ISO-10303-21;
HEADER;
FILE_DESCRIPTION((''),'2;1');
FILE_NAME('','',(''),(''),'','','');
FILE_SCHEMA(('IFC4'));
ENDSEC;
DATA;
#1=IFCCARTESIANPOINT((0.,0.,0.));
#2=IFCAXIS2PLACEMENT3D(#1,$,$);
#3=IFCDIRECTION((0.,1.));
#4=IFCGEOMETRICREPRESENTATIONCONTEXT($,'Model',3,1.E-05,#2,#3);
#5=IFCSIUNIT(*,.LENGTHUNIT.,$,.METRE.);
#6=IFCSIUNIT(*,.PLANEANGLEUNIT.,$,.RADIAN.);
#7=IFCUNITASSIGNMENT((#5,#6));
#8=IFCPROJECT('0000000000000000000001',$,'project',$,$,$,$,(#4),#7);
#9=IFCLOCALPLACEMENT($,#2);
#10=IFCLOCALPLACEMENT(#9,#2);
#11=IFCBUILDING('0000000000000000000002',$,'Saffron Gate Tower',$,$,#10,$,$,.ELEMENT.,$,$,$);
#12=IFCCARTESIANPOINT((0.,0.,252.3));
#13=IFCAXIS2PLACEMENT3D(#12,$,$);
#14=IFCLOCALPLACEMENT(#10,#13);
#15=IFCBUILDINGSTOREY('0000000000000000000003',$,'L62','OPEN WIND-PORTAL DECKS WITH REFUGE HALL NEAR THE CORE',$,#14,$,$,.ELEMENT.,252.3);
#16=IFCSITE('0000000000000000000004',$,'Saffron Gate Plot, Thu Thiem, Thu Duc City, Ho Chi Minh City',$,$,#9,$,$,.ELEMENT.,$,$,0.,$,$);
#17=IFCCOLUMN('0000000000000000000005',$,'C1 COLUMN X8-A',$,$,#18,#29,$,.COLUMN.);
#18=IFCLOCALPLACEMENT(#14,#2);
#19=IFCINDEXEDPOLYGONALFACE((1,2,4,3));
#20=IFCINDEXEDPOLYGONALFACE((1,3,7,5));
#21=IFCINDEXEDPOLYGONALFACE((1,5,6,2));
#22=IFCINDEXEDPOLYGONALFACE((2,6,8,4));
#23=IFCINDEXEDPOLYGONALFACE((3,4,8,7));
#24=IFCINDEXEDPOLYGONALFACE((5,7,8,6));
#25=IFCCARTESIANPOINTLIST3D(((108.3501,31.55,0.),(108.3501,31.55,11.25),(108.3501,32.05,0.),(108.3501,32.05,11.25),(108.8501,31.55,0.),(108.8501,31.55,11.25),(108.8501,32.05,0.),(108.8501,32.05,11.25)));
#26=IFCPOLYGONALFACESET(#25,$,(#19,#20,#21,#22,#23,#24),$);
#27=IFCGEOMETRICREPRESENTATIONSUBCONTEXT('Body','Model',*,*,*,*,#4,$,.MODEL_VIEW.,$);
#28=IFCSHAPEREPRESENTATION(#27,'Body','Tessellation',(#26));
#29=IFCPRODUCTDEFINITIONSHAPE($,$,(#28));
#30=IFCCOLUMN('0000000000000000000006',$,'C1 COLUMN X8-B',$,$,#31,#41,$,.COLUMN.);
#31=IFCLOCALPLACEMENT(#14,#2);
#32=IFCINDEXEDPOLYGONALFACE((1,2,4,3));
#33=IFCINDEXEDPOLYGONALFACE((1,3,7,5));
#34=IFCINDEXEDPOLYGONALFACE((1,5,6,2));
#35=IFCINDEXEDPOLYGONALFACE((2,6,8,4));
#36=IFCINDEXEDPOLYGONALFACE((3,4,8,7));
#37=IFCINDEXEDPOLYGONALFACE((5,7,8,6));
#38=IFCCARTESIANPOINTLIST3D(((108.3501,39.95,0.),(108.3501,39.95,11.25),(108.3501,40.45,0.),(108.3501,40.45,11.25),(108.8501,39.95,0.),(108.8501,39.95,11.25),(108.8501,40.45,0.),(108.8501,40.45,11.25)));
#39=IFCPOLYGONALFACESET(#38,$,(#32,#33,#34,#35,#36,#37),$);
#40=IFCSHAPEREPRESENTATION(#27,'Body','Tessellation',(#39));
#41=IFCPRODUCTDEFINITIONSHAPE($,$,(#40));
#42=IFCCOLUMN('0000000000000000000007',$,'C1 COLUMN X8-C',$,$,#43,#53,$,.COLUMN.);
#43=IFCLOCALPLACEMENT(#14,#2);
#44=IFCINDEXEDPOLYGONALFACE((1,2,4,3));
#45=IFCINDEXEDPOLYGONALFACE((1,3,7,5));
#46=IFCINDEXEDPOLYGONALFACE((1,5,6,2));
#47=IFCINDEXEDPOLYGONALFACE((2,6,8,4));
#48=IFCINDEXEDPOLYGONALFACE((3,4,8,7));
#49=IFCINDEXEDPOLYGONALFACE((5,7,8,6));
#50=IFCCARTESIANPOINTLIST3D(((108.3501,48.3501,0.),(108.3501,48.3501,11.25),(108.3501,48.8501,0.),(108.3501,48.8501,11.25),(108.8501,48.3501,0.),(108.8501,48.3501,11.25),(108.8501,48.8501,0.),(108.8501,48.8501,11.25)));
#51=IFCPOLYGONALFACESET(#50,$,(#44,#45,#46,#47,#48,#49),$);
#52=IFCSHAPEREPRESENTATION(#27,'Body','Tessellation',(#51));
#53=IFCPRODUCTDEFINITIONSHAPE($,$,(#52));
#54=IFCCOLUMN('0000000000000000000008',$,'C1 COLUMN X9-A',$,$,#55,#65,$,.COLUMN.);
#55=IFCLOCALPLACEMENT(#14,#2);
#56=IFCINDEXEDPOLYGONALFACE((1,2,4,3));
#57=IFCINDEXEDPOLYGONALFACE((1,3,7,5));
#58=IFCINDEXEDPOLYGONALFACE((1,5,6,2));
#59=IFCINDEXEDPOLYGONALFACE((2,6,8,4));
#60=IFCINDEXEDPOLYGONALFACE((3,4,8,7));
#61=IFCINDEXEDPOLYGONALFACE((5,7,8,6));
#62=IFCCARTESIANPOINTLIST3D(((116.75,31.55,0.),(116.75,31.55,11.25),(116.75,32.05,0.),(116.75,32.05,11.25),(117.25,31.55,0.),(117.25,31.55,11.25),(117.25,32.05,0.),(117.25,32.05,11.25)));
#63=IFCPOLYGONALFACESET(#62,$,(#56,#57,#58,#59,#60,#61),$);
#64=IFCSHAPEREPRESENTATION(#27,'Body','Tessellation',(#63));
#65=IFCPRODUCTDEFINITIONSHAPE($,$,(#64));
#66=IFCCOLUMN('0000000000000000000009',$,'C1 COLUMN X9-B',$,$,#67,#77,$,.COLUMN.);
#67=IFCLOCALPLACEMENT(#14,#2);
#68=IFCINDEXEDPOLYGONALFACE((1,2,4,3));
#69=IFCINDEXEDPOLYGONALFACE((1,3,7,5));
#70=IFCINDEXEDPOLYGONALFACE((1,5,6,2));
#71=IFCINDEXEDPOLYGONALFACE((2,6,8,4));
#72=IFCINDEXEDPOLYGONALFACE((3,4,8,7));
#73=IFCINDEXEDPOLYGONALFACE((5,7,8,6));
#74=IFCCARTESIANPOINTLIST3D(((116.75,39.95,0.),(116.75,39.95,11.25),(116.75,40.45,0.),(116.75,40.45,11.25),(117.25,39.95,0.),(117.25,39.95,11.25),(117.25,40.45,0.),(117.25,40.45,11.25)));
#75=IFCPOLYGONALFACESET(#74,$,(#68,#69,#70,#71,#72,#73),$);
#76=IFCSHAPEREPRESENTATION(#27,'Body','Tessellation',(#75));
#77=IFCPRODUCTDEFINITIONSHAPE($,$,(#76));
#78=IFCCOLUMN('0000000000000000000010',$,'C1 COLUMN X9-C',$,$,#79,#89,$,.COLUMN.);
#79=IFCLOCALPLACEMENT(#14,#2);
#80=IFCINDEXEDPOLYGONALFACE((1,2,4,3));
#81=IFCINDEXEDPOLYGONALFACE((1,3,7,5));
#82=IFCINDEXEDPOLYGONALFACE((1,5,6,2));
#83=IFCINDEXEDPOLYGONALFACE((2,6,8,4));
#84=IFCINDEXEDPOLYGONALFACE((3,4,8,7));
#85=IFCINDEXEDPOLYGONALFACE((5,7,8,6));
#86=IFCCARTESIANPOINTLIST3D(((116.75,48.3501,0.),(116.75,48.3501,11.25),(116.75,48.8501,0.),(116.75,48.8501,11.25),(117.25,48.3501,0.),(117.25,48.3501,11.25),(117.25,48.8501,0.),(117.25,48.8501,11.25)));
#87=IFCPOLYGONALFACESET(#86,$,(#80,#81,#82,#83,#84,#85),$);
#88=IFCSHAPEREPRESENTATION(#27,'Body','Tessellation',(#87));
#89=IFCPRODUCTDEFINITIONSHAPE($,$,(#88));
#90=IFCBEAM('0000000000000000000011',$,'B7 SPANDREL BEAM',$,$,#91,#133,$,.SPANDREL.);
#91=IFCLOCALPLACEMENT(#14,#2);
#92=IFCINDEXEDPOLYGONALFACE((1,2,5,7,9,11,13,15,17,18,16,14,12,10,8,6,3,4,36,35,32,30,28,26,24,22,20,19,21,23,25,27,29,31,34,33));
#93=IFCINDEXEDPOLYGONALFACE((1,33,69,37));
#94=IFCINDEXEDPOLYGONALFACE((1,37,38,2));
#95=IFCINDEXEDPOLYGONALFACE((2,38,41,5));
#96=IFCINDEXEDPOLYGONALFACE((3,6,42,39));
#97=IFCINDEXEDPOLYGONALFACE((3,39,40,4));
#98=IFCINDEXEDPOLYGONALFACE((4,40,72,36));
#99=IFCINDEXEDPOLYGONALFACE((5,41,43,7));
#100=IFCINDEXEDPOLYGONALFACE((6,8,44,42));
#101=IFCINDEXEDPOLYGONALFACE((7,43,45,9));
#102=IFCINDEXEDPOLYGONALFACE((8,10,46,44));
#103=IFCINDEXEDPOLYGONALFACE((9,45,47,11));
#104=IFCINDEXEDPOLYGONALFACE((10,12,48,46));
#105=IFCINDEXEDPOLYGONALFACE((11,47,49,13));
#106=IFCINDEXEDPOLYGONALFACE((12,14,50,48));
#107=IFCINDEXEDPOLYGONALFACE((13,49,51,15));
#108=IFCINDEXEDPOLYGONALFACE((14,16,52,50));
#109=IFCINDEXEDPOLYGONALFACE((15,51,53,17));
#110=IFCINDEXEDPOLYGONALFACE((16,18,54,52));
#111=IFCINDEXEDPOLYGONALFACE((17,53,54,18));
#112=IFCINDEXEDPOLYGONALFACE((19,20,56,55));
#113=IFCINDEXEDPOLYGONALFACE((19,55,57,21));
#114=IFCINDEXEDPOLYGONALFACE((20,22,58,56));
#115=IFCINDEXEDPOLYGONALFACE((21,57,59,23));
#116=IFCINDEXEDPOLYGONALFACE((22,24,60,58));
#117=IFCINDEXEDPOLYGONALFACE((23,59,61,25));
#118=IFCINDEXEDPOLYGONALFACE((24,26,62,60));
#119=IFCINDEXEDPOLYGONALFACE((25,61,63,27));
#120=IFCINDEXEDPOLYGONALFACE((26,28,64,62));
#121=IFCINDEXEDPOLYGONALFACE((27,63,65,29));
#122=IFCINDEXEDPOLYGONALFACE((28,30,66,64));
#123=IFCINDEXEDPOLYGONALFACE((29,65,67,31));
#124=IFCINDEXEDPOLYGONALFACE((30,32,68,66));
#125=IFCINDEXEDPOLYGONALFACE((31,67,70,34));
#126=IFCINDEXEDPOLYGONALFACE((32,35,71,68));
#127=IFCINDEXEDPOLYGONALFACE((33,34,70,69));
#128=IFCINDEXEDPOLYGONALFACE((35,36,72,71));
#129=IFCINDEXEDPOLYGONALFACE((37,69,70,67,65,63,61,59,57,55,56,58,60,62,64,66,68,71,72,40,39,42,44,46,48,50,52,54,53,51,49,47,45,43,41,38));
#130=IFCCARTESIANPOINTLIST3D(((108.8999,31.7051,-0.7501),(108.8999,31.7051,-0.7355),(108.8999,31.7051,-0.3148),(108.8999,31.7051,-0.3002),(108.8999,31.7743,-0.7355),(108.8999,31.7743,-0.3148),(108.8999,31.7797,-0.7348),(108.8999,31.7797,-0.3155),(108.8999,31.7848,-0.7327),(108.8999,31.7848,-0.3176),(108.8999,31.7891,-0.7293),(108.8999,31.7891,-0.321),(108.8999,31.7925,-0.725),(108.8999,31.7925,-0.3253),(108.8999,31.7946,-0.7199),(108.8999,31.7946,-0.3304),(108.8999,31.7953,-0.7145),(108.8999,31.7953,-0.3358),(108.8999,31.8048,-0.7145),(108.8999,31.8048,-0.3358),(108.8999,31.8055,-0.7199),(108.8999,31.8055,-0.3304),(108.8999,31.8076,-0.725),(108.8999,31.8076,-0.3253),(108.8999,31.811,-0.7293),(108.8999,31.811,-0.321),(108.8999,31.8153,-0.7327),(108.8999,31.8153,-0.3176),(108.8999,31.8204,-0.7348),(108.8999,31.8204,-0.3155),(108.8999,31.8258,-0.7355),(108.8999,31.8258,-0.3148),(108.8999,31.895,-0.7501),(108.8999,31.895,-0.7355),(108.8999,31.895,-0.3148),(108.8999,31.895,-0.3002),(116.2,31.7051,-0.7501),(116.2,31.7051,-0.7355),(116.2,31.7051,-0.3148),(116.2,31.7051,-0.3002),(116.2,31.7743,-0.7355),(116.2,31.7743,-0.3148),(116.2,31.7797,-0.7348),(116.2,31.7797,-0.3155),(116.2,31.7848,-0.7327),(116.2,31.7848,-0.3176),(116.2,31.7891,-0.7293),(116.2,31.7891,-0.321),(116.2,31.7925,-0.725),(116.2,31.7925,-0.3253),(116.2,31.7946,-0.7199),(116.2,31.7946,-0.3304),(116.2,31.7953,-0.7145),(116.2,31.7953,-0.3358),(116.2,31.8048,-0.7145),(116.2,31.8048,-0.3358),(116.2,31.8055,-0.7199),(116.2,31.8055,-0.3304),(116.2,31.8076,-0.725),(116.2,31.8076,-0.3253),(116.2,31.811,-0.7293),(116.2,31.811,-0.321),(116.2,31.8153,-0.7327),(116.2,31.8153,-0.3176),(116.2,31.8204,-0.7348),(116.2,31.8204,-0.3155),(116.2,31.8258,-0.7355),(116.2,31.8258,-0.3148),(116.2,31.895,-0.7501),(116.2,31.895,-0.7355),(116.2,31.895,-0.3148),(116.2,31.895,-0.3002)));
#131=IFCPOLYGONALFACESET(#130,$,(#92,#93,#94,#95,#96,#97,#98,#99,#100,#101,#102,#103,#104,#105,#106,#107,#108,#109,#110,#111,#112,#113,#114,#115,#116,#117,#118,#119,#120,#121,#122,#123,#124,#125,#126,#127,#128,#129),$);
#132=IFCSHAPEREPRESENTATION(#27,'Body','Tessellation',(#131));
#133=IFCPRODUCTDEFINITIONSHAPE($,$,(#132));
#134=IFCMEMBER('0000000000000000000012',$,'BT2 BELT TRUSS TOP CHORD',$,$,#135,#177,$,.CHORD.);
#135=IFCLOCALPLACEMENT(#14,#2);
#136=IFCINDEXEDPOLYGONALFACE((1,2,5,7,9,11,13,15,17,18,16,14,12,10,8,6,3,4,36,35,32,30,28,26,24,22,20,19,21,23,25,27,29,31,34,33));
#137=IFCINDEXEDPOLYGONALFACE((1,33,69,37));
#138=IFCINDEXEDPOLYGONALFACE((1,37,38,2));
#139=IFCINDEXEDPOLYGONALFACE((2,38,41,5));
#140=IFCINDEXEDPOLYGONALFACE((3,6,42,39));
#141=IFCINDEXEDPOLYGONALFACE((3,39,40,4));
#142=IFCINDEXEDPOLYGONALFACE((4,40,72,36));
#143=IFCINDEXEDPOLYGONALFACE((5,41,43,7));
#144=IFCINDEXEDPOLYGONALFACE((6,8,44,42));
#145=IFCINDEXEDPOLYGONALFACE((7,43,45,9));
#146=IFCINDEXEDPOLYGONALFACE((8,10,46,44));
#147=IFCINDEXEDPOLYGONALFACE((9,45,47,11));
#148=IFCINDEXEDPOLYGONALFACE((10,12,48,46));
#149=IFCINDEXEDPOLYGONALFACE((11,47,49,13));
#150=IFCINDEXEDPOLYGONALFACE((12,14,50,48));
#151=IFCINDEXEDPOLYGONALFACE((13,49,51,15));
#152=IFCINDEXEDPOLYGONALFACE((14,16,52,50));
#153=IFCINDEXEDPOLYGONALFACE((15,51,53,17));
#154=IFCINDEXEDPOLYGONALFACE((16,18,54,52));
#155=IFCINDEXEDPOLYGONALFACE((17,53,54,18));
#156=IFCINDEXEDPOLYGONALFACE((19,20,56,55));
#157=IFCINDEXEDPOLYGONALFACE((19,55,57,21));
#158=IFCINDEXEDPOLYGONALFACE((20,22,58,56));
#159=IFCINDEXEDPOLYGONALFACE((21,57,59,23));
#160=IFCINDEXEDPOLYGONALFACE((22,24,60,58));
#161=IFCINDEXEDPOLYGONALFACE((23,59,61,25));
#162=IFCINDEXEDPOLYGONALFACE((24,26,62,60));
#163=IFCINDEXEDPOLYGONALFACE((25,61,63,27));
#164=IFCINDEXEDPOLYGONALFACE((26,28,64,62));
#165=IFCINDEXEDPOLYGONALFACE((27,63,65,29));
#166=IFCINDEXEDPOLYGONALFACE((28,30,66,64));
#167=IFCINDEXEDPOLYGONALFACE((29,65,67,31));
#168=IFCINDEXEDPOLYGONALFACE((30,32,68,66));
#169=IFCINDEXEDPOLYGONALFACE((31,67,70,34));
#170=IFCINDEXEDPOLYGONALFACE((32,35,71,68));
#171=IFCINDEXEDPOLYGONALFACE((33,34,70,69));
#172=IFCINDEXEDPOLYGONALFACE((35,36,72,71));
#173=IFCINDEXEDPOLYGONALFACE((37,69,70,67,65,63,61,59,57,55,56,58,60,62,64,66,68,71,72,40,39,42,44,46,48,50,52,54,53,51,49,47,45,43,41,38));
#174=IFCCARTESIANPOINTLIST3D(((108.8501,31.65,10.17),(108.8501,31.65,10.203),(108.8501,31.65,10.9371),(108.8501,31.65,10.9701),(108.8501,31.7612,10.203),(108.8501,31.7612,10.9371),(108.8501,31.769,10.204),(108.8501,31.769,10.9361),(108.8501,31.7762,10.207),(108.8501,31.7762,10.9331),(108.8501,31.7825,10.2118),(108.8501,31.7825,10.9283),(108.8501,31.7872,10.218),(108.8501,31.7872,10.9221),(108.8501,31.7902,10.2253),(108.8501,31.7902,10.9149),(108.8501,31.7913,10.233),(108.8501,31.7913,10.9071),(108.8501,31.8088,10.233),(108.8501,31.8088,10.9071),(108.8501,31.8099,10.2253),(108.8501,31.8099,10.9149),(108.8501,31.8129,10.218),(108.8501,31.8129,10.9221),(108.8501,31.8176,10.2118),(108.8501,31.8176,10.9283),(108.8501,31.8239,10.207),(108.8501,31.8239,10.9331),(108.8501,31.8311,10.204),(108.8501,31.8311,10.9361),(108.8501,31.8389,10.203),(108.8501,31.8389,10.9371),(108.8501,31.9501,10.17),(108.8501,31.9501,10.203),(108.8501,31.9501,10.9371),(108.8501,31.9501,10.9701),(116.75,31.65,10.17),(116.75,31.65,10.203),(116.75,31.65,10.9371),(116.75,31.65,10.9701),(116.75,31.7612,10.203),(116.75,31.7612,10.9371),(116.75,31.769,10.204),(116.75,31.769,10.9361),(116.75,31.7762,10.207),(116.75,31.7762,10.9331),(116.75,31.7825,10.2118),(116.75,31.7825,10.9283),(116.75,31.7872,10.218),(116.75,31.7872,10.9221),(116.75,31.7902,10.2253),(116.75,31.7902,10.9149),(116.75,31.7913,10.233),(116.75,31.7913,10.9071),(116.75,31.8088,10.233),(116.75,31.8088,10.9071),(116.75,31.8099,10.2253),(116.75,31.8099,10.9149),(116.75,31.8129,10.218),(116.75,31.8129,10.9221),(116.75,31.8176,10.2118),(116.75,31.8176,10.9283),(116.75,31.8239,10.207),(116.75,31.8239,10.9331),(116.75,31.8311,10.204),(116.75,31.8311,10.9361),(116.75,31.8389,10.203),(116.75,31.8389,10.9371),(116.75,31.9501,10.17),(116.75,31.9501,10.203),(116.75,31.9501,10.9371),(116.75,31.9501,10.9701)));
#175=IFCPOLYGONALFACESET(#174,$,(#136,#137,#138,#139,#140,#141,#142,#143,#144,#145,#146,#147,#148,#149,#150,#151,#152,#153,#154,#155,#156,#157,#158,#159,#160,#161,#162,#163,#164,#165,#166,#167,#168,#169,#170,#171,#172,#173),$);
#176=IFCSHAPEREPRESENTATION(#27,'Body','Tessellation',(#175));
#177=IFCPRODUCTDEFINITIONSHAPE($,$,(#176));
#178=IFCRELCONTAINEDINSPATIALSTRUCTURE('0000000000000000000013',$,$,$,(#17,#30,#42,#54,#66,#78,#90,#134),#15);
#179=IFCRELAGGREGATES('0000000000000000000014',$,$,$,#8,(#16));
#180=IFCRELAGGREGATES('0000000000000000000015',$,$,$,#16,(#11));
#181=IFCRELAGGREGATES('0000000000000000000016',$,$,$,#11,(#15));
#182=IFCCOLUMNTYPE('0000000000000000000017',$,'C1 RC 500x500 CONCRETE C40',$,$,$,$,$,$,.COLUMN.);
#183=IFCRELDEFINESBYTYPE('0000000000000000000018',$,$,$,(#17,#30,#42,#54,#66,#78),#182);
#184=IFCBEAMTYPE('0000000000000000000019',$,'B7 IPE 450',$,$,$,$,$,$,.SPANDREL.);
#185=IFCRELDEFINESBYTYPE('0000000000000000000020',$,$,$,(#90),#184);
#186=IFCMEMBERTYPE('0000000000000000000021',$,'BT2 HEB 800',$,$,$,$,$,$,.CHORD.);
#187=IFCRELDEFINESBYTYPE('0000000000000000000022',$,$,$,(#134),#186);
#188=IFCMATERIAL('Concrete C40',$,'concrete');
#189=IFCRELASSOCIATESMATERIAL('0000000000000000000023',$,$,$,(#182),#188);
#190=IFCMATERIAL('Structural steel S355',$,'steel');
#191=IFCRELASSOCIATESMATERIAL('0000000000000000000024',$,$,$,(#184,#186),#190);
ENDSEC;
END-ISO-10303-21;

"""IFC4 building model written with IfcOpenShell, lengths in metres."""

from ifc_helpers import new_model, si_unit, direction, frame, origin, origin_2d, place, context, subcontext, project, spatial, rectangle, i_section, extrude, material, material_profile, profile_set, type_object, element, save


model = new_model("IFC4")

# Units and contexts
model_context = context("Model", 3, precision=1e-05, world=origin(), true_north=direction((0.0, 1.0)))
body_context = subcontext(model_context, "Body", "Model", "MODEL_VIEW")
ifc_project = project(units=[si_unit("LENGTHUNIT", "METRE"), si_unit("PLANEANGLEUNIT", "RADIAN")], contexts=[model_context])

# Site, building, storey
site_placement = place(None, origin())
site = spatial("IfcSite", under=ifc_project, at=site_placement, Name="Saffron Gate Plot, Thu Thiem, Thu Duc City, Ho Chi Minh City", CompositionType="ELEMENT", RefElevation=0.0)
building_placement = place(site_placement, origin())
building = spatial("IfcBuilding", under=site, at=building_placement, Name="Saffron Gate Tower", CompositionType="ELEMENT")
storey_placement = place(building_placement, frame((0.0, 0.0, 252.3)))
storey = spatial("IfcBuildingStorey", under=building, at=storey_placement, Name="L62", Description="OPEN WIND-PORTAL DECKS WITH REFUGE HALL NEAR THE CORE", CompositionType="ELEMENT", Elevation=252.3)

# Columns
ifc_material_1 = material(Name="Concrete C40", Category="concrete")
ifc_material_profile_1 = material_profile(ifc_material_1, rectangle(XDim=0.5, YDim=0.5, at=origin_2d()))
ifc_profile_set_1 = profile_set([ifc_material_profile_1], Name="Concrete C40")
column_type = type_object("IfcColumnType", Name="C1 RC 500x500 CONCRETE C40", PredefinedType="COLUMN", material=ifc_profile_set_1)
for number, where, z_axis, x_axis, name in (
    (1, (108.6001, 31.8, 0.0), (0.0, 0.0, 1.0), (1.0, 0.0, 0.0), "C1 COLUMN X8-A"),
    (2, (108.6001, 40.2, 0.0), (0.0, 0.0, 1.0), (1.0, 0.0, 0.0), "C1 COLUMN X8-B"),
    (3, (108.6001, 48.6001, 0.0), (0.0, 0.0, 1.0), (1.0, 0.0, 0.0), "C1 COLUMN X8-C"),
    (4, (117.0, 31.8, 0.0), (0.0, 0.0, 1.0), (1.0, 0.0, 0.0), "C1 COLUMN X9-A"),
    (5, (117.0, 40.2, 0.0), (0.0, 0.0, 1.0), (1.0, 0.0, 0.0), "C1 COLUMN X9-B"),
    (6, (117.0, 48.6001, 0.0), (0.0, 0.0, 1.0), (1.0, 0.0, 0.0), "C1 COLUMN X9-C"),
):
    element("IfcColumn", number, at=place(storey_placement, frame(where, z_axis=z_axis, x_axis=x_axis)), inside=storey, type_object=column_type, Name=name, PredefinedType="COLUMN", context=body_context, shape_type="SweptSolid", body=[
        extrude(rectangle(XDim=0.5, YDim=0.5, at=origin_2d()), origin(), (0.0, 0.0, 1.0), 11.25),
    ])

# Beam
ifc_material_2 = material(Name="Structural steel S355", Category="steel")
ifc_material_profile_2 = material_profile(ifc_material_2, i_section(OverallWidth=0.1899, OverallDepth=0.45, WebThickness=0.0095, FlangeThickness=0.0146, FilletRadius=0.021, at=origin_2d()))
ifc_profile_set_2 = profile_set([ifc_material_profile_2], Name="Structural steel S355")
beam_type = type_object("IfcBeamType", Name="B7 IPE 450", PredefinedType="SPANDREL", material=ifc_profile_set_2)
beam_placement = place(storey_placement, frame((108.8999, 31.8, -0.5251), z_axis=(1.0, 0.0, 0.0), x_axis=(0.0, 1.0, 0.0)))
element("IfcBeam", 7, at=beam_placement, inside=storey, type_object=beam_type, Name="B7 SPANDREL BEAM", PredefinedType="SPANDREL", context=body_context, shape_type="SweptSolid", body=[
    extrude(i_section(OverallWidth=0.1899, OverallDepth=0.45, WebThickness=0.0095, FlangeThickness=0.0146, FilletRadius=0.021, at=origin_2d()), origin(), (0.0, 0.0, 1.0), 7.3),
])

# Member
ifc_material_profile_3 = material_profile(ifc_material_2, i_section(OverallWidth=0.3, OverallDepth=0.8, WebThickness=0.0176, FlangeThickness=0.033, FilletRadius=0.03, at=origin_2d()))
ifc_profile_set_3 = profile_set([ifc_material_profile_3], Name="Structural steel S355")
member_type_1 = type_object("IfcMemberType", Name="BT2 HEB 800", PredefinedType="CHORD", material=ifc_profile_set_3)
for number, where, z_axis, x_axis, name in (
    (8, (108.8501, 31.8, 10.5701), (1.0, 0.0, 0.0), (0.0, 1.0, 0.0), "BT2 BELT TRUSS TOP CHORD"),
):
    element("IfcMember", number, at=place(storey_placement, frame(where, z_axis=z_axis, x_axis=x_axis)), inside=storey, type_object=member_type_1, Name=name, PredefinedType="CHORD", context=body_context, shape_type="SweptSolid", body=[
        extrude(i_section(OverallWidth=0.3, OverallDepth=0.8, WebThickness=0.0176, FlangeThickness=0.033, FilletRadius=0.03, at=origin_2d()), origin(), (0.0, 0.0, 1.0), 7.8999),
    ])

save(model, "model.ifc")
